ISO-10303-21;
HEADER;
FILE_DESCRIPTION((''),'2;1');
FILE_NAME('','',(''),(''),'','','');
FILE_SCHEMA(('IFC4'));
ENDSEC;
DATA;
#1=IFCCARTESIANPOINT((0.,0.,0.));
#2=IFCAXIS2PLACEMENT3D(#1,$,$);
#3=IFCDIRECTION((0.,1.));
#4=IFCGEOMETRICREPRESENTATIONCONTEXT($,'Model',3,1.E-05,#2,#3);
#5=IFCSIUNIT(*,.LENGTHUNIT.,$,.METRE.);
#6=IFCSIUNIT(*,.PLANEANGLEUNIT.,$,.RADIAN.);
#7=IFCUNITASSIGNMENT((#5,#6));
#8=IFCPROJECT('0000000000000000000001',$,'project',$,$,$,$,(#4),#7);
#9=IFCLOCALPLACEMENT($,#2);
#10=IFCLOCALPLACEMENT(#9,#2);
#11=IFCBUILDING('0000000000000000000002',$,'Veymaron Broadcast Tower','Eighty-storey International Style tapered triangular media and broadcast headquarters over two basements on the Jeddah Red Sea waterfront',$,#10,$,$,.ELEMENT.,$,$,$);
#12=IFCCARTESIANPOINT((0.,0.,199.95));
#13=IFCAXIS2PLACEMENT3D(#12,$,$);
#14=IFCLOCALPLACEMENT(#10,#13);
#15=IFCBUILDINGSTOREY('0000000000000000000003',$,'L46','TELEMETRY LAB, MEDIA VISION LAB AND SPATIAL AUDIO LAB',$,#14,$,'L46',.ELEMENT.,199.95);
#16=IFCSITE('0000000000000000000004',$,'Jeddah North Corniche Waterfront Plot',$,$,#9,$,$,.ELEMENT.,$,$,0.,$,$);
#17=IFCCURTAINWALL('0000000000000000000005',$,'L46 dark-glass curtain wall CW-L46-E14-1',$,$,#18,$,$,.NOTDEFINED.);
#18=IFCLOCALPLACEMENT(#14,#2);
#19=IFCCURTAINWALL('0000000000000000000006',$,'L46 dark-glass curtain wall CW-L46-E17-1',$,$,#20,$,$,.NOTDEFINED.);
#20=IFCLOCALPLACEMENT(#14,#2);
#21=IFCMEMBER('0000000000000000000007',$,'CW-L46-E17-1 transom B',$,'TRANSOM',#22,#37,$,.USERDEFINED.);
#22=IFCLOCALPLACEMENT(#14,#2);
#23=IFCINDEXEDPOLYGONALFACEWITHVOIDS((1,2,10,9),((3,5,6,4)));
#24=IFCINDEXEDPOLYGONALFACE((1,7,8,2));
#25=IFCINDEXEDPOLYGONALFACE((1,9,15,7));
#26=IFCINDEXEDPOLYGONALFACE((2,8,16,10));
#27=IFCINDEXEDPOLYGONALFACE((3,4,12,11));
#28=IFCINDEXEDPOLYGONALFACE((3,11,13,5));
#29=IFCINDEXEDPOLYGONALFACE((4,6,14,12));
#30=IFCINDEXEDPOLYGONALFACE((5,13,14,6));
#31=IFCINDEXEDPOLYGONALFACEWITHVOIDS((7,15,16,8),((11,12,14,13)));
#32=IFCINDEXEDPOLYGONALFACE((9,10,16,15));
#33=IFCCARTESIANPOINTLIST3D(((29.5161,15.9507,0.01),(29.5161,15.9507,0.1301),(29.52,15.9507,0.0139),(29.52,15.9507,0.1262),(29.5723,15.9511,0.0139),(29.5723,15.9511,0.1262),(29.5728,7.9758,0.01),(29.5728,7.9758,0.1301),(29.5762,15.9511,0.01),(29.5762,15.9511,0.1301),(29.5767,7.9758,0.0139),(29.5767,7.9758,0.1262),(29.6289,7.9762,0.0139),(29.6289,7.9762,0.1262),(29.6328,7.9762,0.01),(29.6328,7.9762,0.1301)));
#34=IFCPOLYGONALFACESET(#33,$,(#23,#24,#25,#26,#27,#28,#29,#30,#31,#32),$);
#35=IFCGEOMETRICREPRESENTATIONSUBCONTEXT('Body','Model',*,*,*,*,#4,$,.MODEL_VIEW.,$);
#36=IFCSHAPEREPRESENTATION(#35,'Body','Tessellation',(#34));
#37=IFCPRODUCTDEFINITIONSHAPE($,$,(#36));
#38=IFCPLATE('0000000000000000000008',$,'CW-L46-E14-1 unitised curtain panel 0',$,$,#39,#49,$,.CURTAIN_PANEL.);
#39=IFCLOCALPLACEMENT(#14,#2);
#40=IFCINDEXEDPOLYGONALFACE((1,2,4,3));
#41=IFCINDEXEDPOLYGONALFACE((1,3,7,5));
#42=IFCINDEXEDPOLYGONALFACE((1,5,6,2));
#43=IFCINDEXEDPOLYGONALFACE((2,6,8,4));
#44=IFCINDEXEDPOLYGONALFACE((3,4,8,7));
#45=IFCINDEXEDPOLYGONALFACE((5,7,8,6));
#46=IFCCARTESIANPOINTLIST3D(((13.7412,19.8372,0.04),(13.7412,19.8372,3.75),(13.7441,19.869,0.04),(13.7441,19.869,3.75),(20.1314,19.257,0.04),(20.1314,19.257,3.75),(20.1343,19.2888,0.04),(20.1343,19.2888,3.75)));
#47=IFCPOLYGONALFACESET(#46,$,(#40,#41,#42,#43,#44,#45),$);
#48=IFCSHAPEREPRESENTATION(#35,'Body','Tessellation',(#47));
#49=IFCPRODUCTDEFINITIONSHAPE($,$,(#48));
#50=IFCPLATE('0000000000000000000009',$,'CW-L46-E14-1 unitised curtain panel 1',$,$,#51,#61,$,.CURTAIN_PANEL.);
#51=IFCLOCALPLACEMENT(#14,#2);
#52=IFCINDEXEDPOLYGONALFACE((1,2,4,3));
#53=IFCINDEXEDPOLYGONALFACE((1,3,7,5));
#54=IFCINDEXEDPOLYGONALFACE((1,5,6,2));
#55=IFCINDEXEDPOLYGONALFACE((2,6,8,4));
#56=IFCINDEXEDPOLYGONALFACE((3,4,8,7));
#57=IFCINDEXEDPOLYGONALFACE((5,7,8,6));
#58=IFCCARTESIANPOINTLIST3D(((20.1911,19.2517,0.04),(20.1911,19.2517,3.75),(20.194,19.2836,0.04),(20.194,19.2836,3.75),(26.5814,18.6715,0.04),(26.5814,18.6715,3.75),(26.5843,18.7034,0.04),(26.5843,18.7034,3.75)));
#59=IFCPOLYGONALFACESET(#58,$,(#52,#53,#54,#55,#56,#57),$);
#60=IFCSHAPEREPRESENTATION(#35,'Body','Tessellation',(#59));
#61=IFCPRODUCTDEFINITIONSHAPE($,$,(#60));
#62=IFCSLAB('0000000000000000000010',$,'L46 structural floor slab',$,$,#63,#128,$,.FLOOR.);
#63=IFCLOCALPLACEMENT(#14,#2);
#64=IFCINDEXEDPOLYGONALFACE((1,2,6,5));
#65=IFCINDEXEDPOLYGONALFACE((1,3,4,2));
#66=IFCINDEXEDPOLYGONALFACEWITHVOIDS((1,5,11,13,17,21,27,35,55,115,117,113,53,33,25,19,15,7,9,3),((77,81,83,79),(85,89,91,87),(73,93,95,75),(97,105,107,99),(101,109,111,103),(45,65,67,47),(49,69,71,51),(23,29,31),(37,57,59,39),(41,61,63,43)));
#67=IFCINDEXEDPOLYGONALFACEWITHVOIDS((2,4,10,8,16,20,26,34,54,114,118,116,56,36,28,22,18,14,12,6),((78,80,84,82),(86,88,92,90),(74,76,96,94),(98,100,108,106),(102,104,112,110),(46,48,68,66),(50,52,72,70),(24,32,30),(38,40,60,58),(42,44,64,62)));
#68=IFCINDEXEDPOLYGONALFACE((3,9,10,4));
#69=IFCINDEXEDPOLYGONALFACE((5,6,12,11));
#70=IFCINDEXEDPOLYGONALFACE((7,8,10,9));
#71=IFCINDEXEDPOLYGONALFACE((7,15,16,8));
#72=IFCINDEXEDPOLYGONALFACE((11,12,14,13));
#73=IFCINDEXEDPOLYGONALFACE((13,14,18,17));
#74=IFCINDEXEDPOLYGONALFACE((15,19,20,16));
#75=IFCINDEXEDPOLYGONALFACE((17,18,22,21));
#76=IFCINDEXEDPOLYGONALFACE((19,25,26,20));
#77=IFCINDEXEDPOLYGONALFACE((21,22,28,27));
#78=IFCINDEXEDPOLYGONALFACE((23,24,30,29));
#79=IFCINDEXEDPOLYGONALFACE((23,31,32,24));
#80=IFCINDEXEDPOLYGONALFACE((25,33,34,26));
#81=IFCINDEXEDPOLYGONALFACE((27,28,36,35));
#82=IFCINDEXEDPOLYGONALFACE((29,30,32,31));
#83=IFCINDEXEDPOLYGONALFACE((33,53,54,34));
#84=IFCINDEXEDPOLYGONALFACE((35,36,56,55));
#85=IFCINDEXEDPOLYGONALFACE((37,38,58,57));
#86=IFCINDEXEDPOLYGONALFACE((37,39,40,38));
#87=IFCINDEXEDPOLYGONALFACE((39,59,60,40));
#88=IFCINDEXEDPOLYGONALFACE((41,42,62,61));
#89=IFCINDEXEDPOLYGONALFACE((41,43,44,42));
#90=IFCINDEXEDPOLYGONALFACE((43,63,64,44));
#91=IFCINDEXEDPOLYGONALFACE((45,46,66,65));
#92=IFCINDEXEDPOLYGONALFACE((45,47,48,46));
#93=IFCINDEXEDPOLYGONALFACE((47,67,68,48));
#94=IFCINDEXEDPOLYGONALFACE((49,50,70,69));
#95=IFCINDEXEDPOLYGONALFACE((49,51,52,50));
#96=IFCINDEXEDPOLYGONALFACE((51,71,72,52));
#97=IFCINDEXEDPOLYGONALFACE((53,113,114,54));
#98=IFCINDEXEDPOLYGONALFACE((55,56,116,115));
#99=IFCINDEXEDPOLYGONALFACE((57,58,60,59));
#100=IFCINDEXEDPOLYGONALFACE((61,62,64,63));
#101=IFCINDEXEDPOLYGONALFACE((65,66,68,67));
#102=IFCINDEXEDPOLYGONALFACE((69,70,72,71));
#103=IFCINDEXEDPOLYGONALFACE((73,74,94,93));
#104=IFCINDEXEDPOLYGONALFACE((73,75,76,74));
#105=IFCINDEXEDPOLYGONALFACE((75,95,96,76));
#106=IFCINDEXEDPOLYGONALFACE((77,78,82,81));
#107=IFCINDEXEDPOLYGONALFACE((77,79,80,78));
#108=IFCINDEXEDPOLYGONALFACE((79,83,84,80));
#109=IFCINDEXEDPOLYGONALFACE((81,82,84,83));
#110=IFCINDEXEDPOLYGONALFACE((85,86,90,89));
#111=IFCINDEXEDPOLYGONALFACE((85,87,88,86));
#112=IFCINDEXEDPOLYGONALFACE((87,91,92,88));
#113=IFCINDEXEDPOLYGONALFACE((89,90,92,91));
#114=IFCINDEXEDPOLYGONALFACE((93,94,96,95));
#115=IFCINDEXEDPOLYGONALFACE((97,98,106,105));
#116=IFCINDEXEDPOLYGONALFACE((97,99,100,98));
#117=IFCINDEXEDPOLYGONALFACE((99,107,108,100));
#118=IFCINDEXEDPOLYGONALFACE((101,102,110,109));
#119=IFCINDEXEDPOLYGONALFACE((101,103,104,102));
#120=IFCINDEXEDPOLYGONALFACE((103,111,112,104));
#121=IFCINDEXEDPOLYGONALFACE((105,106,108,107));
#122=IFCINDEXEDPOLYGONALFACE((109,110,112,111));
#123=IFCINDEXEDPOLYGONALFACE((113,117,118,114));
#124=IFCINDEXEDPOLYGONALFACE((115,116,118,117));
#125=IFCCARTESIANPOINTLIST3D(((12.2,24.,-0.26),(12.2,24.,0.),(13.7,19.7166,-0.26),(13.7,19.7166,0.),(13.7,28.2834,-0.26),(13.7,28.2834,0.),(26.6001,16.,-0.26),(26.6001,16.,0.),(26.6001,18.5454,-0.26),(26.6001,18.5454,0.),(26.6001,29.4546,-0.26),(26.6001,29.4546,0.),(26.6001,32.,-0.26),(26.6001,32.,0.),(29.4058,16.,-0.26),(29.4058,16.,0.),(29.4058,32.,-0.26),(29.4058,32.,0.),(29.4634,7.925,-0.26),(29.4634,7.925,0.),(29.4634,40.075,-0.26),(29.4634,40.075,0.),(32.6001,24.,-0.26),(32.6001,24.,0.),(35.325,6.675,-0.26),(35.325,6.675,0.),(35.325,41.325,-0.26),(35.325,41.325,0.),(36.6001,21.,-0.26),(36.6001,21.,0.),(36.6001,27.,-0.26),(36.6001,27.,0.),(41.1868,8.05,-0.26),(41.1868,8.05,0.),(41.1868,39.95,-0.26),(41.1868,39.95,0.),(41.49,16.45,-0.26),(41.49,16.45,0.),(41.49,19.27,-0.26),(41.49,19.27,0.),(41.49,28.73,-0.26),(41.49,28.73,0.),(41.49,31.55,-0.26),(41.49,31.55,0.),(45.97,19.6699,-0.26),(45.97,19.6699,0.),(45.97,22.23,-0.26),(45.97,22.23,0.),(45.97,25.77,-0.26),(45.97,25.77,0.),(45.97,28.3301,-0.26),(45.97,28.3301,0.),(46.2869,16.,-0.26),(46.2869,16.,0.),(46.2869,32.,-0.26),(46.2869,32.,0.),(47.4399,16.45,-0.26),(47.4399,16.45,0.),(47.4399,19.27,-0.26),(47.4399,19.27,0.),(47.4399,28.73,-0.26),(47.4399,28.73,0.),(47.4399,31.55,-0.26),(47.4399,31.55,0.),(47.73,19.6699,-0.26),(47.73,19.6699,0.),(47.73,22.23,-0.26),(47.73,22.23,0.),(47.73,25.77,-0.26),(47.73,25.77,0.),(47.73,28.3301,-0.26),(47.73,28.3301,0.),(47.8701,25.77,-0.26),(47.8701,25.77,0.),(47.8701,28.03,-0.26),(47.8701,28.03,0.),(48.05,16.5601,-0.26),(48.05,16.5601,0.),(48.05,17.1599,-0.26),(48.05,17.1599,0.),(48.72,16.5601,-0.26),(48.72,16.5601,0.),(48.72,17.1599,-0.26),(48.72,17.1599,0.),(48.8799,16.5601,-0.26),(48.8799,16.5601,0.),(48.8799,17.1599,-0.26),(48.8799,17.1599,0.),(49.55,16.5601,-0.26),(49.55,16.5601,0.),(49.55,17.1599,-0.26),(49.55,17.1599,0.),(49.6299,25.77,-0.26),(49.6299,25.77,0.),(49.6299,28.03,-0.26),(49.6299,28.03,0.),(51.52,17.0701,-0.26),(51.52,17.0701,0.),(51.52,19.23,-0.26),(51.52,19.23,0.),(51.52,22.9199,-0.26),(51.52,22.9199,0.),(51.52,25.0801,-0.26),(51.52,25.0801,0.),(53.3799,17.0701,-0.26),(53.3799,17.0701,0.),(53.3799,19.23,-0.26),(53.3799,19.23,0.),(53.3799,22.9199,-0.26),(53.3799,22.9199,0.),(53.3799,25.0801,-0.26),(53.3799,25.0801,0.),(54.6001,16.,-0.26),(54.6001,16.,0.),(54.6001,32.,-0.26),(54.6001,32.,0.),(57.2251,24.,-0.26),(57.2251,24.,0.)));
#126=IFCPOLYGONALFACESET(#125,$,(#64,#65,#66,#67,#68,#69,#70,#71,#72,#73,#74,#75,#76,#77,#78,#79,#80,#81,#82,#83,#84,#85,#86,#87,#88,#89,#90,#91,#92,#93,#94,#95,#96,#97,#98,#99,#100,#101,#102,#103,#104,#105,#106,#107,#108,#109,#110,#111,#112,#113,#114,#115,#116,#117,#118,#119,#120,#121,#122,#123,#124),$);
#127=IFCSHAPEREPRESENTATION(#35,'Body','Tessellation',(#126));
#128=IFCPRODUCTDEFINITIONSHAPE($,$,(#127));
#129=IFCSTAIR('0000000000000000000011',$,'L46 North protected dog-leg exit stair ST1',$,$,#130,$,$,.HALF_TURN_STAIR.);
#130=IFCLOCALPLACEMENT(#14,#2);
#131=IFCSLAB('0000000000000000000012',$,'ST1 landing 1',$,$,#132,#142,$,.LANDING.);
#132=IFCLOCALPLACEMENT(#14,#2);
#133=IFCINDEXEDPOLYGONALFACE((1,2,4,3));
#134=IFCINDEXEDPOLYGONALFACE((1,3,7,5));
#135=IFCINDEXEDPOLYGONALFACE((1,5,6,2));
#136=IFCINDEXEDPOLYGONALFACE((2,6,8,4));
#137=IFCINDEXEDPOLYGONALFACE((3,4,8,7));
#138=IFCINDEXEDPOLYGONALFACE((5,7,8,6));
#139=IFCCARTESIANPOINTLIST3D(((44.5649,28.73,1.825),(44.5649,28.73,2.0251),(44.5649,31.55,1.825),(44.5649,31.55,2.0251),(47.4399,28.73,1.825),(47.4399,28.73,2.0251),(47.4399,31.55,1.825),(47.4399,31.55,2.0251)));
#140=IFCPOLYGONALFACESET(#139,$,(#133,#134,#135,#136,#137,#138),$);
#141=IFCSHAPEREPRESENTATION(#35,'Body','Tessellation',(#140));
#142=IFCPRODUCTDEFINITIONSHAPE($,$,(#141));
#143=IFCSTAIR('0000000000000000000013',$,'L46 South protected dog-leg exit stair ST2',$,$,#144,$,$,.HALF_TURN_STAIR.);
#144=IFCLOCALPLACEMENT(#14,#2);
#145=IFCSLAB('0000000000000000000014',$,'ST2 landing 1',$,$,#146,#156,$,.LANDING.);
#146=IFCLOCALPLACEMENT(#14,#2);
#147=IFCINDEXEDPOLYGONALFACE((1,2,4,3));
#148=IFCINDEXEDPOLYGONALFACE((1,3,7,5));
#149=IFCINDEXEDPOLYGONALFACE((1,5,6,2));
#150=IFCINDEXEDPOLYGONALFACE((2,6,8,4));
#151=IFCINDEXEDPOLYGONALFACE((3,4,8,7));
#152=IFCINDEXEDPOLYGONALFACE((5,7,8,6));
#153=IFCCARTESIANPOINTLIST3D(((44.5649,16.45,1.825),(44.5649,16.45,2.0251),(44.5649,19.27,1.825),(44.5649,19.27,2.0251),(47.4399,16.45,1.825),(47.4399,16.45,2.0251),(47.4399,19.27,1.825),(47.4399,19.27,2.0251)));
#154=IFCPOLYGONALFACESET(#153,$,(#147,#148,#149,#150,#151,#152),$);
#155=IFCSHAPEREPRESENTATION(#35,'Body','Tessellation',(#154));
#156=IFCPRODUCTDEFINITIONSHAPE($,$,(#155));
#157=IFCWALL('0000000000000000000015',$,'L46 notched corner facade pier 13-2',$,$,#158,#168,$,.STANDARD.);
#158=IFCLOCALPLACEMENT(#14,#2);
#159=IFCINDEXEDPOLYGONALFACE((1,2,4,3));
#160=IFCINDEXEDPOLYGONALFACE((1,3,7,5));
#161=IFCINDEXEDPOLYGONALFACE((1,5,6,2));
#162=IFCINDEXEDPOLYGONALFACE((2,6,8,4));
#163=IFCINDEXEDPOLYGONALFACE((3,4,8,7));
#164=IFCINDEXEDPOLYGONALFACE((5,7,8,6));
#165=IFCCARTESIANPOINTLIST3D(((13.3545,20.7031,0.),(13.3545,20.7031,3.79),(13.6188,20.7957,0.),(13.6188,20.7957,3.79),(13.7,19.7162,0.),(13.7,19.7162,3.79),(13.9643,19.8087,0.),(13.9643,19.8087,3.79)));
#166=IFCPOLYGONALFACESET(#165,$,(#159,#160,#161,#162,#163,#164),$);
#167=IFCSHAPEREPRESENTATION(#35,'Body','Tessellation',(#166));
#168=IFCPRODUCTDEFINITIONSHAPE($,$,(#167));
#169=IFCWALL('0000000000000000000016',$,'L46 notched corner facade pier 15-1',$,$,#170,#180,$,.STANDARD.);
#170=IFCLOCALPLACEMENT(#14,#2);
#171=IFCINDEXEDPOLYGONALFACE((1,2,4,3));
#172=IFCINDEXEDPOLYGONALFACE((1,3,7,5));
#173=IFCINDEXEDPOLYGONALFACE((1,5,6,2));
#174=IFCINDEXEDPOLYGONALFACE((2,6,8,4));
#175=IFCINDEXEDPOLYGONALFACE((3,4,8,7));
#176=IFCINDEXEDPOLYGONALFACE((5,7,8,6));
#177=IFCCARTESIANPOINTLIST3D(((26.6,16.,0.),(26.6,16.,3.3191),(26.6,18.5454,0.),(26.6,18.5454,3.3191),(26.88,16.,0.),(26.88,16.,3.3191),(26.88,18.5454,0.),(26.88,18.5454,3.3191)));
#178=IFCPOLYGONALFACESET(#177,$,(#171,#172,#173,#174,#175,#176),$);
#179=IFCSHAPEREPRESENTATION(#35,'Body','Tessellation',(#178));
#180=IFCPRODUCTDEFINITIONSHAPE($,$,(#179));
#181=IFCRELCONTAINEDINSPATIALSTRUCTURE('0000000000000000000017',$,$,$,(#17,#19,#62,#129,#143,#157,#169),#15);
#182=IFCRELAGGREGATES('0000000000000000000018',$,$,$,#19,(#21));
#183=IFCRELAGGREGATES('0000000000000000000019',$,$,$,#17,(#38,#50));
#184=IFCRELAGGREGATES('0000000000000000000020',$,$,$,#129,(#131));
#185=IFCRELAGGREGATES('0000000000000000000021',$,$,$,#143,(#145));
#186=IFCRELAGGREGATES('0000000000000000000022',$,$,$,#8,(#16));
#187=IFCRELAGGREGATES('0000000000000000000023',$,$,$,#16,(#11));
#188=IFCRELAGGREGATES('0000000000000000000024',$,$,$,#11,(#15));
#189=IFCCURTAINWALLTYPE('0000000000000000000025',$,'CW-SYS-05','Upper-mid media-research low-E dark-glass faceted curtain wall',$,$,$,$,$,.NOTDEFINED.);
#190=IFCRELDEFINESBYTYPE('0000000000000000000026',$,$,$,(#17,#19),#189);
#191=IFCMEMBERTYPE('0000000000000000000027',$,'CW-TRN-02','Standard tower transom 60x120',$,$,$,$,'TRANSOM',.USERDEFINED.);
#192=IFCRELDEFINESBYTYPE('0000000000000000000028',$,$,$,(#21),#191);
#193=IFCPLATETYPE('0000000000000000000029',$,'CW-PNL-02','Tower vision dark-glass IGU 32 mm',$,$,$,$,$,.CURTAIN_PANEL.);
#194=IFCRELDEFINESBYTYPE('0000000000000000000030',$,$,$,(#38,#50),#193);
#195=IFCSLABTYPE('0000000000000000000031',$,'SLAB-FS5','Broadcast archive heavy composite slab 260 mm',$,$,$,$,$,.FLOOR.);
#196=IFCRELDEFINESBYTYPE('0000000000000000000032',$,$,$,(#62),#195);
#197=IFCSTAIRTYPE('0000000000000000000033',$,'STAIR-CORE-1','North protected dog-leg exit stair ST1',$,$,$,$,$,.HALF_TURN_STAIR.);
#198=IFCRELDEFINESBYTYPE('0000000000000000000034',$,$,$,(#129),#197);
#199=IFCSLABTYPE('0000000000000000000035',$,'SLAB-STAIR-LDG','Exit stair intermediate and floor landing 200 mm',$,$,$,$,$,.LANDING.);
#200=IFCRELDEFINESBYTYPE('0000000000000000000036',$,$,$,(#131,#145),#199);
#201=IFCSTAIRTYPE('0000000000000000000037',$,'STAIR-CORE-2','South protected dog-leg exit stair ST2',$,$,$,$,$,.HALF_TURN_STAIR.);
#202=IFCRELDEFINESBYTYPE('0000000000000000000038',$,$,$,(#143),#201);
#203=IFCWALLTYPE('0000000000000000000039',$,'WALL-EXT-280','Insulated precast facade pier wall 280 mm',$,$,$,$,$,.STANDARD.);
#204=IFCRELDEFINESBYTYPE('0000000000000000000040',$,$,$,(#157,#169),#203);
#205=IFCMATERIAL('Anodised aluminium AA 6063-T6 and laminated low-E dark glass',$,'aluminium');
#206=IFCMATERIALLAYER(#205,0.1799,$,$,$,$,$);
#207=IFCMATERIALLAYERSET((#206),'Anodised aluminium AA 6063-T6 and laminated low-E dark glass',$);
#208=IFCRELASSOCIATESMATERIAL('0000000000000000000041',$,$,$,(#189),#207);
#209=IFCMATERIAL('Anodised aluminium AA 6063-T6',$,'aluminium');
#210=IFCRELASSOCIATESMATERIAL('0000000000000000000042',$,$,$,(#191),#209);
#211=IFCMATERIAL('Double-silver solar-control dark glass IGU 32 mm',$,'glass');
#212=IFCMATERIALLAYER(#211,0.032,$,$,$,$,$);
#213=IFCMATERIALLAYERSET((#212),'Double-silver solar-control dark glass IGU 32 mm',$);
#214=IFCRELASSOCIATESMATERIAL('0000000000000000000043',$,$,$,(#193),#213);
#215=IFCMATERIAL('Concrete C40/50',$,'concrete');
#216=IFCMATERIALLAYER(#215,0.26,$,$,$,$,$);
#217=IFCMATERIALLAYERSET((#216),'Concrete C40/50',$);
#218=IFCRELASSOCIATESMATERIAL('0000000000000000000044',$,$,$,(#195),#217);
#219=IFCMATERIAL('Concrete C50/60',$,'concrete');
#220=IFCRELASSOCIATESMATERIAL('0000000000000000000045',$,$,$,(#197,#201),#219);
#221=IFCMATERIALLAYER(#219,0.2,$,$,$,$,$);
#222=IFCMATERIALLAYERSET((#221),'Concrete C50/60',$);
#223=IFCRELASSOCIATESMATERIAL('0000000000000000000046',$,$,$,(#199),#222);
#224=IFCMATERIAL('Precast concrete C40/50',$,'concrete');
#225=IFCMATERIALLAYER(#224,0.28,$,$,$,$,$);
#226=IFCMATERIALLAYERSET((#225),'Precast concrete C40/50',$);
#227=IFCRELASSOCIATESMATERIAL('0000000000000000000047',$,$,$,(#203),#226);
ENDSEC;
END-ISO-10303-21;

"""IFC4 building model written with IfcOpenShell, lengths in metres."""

from ifc_helpers import new_model, si_unit, direction, frame, frame_2d, origin, origin_2d, place, context, subcontext, project, spatial, polyline, rectangle, hollow_rectangle, outline, extrude, material, layer, layer_set, material_profile, profile_set, type_object, element, aggregate, save


model = new_model("IFC4")

# Units and contexts
model_context = context("Model", 3, precision=1e-05, world=origin(), true_north=direction((0.0, 1.0)))
body_context = subcontext(model_context, "Body", "Model", "MODEL_VIEW")
ifc_project = project(units=[si_unit("LENGTHUNIT", "METRE"), si_unit("PLANEANGLEUNIT", "RADIAN")], contexts=[model_context])

# Site, building, storey
site_placement = place(None, origin())
site = spatial("IfcSite", under=ifc_project, at=site_placement, Name="Jeddah North Corniche Waterfront Plot", CompositionType="ELEMENT", RefElevation=0.0)
building_placement = place(site_placement, origin())
building = spatial("IfcBuilding", under=site, at=building_placement, Name="Veymaron Broadcast Tower", Description="Eighty-storey International Style tapered triangular media and broadcast headquarters over two basements on the Jeddah Red Sea waterfront", CompositionType="ELEMENT")
storey_placement = place(building_placement, frame((0.0, 0.0, 199.95)))
storey = spatial("IfcBuildingStorey", under=building, at=storey_placement, Name="L46", Description="TELEMETRY LAB, MEDIA VISION LAB AND SPATIAL AUDIO LAB", LongName="L46", CompositionType="ELEMENT", Elevation=199.95)

# Curtain wall
ifc_material_1 = material(Name="Anodised aluminium AA 6063-T6 and laminated low-E dark glass", Category="aluminium")
ifc_layer_1 = layer(ifc_material_1, 0.1799)
ifc_layer_set_1 = layer_set([ifc_layer_1], Name="Anodised aluminium AA 6063-T6 and laminated low-E dark glass")
curtain_wall_type = type_object("IfcCurtainWallType", Name="CW-SYS-05", Description="Upper-mid media-research low-E dark-glass faceted curtain wall", PredefinedType="NOTDEFINED", material=ifc_layer_set_1)
curtain_wall_1_placement = place(storey_placement, origin())
curtain_wall_1 = element("IfcCurtainWall", 1, at=curtain_wall_1_placement, inside=storey, type_object=curtain_wall_type, Name="L46 dark-glass curtain wall CW-L46-E14-1", PredefinedType="NOTDEFINED")
ifc_material_2 = material(Name="Anodised aluminium AA 6063-T6", Category="aluminium")

# Curtain wall
curtain_wall_2_placement = place(storey_placement, origin())
curtain_wall_2 = element("IfcCurtainWall", 2, at=curtain_wall_2_placement, inside=storey, type_object=curtain_wall_type, Name="L46 dark-glass curtain wall CW-L46-E17-1", PredefinedType="NOTDEFINED")

# Member
ifc_material_profile_1 = material_profile(ifc_material_2, hollow_rectangle(XDim=0.0601, YDim=0.1201, WallThickness=0.0039, at=origin_2d()), Name="AL120X60X4")
ifc_profile_set_1 = profile_set([ifc_material_profile_1], Name="Anodised aluminium AA 6063-T6")
member_type_1 = type_object("IfcMemberType", Name="CW-TRN-02", Description="Standard tower transom 60x120", ElementType="TRANSOM", PredefinedType="USERDEFINED", material=ifc_profile_set_1)
member_1_placement = place(storey_placement, frame((29.5461, 15.9509, 0.0701), z_axis=(0.007102, -0.999975, 0.0), x_axis=(0.999975, 0.007102, 0.0)))
member_1 = element("IfcMember", 3, at=member_1_placement, type_object=member_type_1, Name="CW-L46-E17-1 transom B", ObjectType="TRANSOM", PredefinedType="USERDEFINED", context=body_context, shape_type="SweptSolid", body=[
    extrude(hollow_rectangle(XDim=0.0601, YDim=0.1201, WallThickness=0.0039, at=origin_2d()), origin(), (0.0, 0.0, 1.0), 7.9751),
])
aggregate(curtain_wall_2, [member_1])

# Plates
ifc_material_3 = material(Name="Double-silver solar-control dark glass IGU 32 mm", Category="glass")
ifc_layer_2 = layer(ifc_material_3, 0.032)
ifc_layer_set_2 = layer_set([ifc_layer_2], Name="Double-silver solar-control dark glass IGU 32 mm")
plate_type = type_object("IfcPlateType", Name="CW-PNL-02", Description="Tower vision dark-glass IGU 32 mm", PredefinedType="CURTAIN_PANEL", material=ifc_layer_set_2)
plate_1_placement = place(storey_placement, frame((16.9377, 19.563, 0.04), z_axis=(0.0, 0.0, 1.0), x_axis=(0.995903, -0.090424, 0.0)))
plate_1 = element("IfcPlate", 4, at=plate_1_placement, type_object=plate_type, Name="CW-L46-E14-1 unitised curtain panel 0", PredefinedType="CURTAIN_PANEL", context=body_context, shape_type="SweptSolid", body=[
    extrude(rectangle(XDim=6.4165, YDim=0.032, at=origin_2d()), origin(), (0.0, 0.0, 1.0), 3.71),
])
plate_2_placement = place(storey_placement, frame((23.3877, 18.9775, 0.04), z_axis=(0.0, 0.0, 1.0), x_axis=(0.995903, -0.090424, 0.0)))
plate_2 = element("IfcPlate", 5, at=plate_2_placement, type_object=plate_type, Name="CW-L46-E14-1 unitised curtain panel 1", PredefinedType="CURTAIN_PANEL", context=body_context, shape_type="SweptSolid", body=[
    extrude(rectangle(XDim=6.4165, YDim=0.032, at=origin_2d()), origin(), (0.0, 0.0, 1.0), 3.71),
])
aggregate(curtain_wall_1, [plate_1, plate_2])

# Slab
ifc_material_4 = material(Name="Concrete C40/50", Category="concrete")
ifc_layer_3 = layer(ifc_material_4, 0.26)
ifc_layer_set_3 = layer_set([ifc_layer_3], Name="Concrete C40/50")
slab_type_1 = type_object("IfcSlabType", Name="SLAB-FS5", Description="Broadcast archive heavy composite slab 260 mm", PredefinedType="FLOOR", material=ifc_layer_set_3)
slab_1_placement = place(storey_placement, frame((0.0, 0.0, -0.26)))
element("IfcSlab", 6, at=slab_1_placement, inside=storey, type_object=slab_type_1, Name="L46 structural floor slab", PredefinedType="FLOOR", context=body_context, shape_type="SweptSolid", body=[
    extrude(outline(polyline([(46.2869, 16.0), (54.6001, 16.0), (57.2251, 24.0), (54.6001, 32.0), (46.2869, 32.0), (41.1868, 39.95), (35.325, 41.325), (29.4634, 40.075), (29.4058, 32.0), (26.6001, 32.0), (26.6001, 29.4546), (13.7, 28.2834), (12.2, 24.0), (13.7, 19.7166), (26.6001, 18.5454), (26.6001, 16.0), (29.4058, 16.0), (29.4634, 7.925), (35.325, 6.675), (41.1868, 8.05), (46.2869, 16.0)]), holes=[polyline([(45.97, 28.3301), (47.73, 28.3301), (47.73, 25.77), (45.97, 25.77), (45.97, 28.3301)]), polyline([(45.97, 22.23), (47.73, 22.23), (47.73, 19.6699), (45.97, 19.6699), (45.97, 22.23)]), polyline([(47.8701, 28.03), (49.6299, 28.03), (49.6299, 25.77), (47.8701, 25.77), (47.8701, 28.03)]), polyline([(51.52, 25.0801), (53.3799, 25.0801), (53.3799, 22.9199), (51.52, 22.9199), (51.52, 25.0801)]), polyline([(51.52, 19.23), (53.3799, 19.23), (53.3799, 17.0701), (51.52, 17.0701), (51.52, 19.23)]), polyline([(48.05, 17.1599), (48.72, 17.1599), (48.72, 16.5601), (48.05, 16.5601), (48.05, 17.1599)]), polyline([(48.8799, 17.1599), (49.55, 17.1599), (49.55, 16.5601), (48.8799, 16.5601), (48.8799, 17.1599)]), polyline([(36.6001, 27.0), (36.6001, 21.0), (32.6001, 24.0), (36.6001, 27.0)]), polyline([(41.49, 31.55), (47.4399, 31.55), (47.4399, 28.73), (41.49, 28.73), (41.49, 31.55)]), polyline([(41.49, 19.27), (47.4399, 19.27), (47.4399, 16.45), (41.49, 16.45), (41.49, 19.27)])]), origin(), (0.0, 0.0, 1.0), 0.26),
])

# Stairs, slabs
ifc_material_5 = material(Name="Concrete C50/60", Category="concrete")
stair_type_1 = type_object("IfcStairType", Name="STAIR-CORE-1", Description="North protected dog-leg exit stair ST1", PredefinedType="HALF_TURN_STAIR", material=ifc_material_5)
stair_1_placement = place(storey_placement, origin())
stair_1 = element("IfcStair", 7, at=stair_1_placement, inside=storey, type_object=stair_type_1, Name="L46 North protected dog-leg exit stair ST1", PredefinedType="HALF_TURN_STAIR")
ifc_layer_4 = layer(ifc_material_5, 0.2)
ifc_layer_set_4 = layer_set([ifc_layer_4], Name="Concrete C50/60")
slab_type_2 = type_object("IfcSlabType", Name="SLAB-STAIR-LDG", Description="Exit stair intermediate and floor landing 200 mm", PredefinedType="LANDING", material=ifc_layer_set_4)
slab_2_placement = place(storey_placement, frame((0.0, 0.0, 1.825)))
slab_2 = element("IfcSlab", 8, at=slab_2_placement, type_object=slab_type_2, Name="ST1 landing 1", PredefinedType="LANDING", context=body_context, shape_type="SweptSolid", body=[
    extrude(outline(polyline([(44.5649, 28.73), (47.4399, 28.73), (47.4399, 31.55), (44.5649, 31.55), (44.5649, 28.73)])), origin(), (0.0, 0.0, 1.0), 0.2002),
])
aggregate(stair_1, [slab_2])
stair_type_2 = type_object("IfcStairType", Name="STAIR-CORE-2", Description="South protected dog-leg exit stair ST2", PredefinedType="HALF_TURN_STAIR", material=ifc_material_5)
stair_2_placement = place(storey_placement, origin())
stair_2 = element("IfcStair", 9, at=stair_2_placement, inside=storey, type_object=stair_type_2, Name="L46 South protected dog-leg exit stair ST2", PredefinedType="HALF_TURN_STAIR")
slab_3_placement = place(storey_placement, frame((0.0, 0.0, 1.825)))
slab_3 = element("IfcSlab", 10, at=slab_3_placement, type_object=slab_type_2, Name="ST2 landing 1", PredefinedType="LANDING", context=body_context, shape_type="SweptSolid", body=[
    extrude(outline(polyline([(44.5649, 16.45), (47.4399, 16.45), (47.4399, 19.27), (44.5649, 19.27), (44.5649, 16.45)])), origin(), (0.0, 0.0, 1.0), 0.2002),
])
aggregate(stair_2, [slab_3])

# Walls
ifc_material_6 = material(Name="Precast concrete C40/50", Category="concrete")
ifc_layer_5 = layer(ifc_material_6, 0.28)
ifc_layer_set_5 = layer_set([ifc_layer_5], Name="Precast concrete C40/50")
wall_type_1 = type_object("IfcWallType", Name="WALL-EXT-280", Description="Insulated precast facade pier wall 280 mm", PredefinedType="STANDARD", material=ifc_layer_set_5)
wall_1_placement = place(storey_placement, frame((13.4866, 20.7495, 0.0), z_axis=(0.0, 0.0, 1.0), x_axis=(0.330413, -0.943837, 0.0)))
element("IfcWall", 11, at=wall_1_placement, inside=storey, type_object=wall_type_1, Name="L46 notched corner facade pier 13-2", PredefinedType="STANDARD", context=body_context, shape_type="SweptSolid", body=[
    extrude(rectangle(XDim=1.0457, YDim=0.28, at=frame_2d((0.5229, 0.0))), origin(), (0.0, 0.0, 1.0), 3.79),
])
wall_2_placement = place(storey_placement, frame((26.74, 18.5454, 0.0), z_axis=(0.0, 0.0, 1.0), x_axis=(0.0, -1.0, 0.0)))
element("IfcWall", 12, at=wall_2_placement, inside=storey, type_object=wall_type_1, Name="L46 notched corner facade pier 15-1", PredefinedType="STANDARD", context=body_context, shape_type="SweptSolid", body=[
    extrude(rectangle(XDim=2.5454, YDim=0.28, at=frame_2d((1.2727, 0.0))), origin(), (0.0, 0.0, 1.0), 3.3191),
])

save(model, "model.ifc")
